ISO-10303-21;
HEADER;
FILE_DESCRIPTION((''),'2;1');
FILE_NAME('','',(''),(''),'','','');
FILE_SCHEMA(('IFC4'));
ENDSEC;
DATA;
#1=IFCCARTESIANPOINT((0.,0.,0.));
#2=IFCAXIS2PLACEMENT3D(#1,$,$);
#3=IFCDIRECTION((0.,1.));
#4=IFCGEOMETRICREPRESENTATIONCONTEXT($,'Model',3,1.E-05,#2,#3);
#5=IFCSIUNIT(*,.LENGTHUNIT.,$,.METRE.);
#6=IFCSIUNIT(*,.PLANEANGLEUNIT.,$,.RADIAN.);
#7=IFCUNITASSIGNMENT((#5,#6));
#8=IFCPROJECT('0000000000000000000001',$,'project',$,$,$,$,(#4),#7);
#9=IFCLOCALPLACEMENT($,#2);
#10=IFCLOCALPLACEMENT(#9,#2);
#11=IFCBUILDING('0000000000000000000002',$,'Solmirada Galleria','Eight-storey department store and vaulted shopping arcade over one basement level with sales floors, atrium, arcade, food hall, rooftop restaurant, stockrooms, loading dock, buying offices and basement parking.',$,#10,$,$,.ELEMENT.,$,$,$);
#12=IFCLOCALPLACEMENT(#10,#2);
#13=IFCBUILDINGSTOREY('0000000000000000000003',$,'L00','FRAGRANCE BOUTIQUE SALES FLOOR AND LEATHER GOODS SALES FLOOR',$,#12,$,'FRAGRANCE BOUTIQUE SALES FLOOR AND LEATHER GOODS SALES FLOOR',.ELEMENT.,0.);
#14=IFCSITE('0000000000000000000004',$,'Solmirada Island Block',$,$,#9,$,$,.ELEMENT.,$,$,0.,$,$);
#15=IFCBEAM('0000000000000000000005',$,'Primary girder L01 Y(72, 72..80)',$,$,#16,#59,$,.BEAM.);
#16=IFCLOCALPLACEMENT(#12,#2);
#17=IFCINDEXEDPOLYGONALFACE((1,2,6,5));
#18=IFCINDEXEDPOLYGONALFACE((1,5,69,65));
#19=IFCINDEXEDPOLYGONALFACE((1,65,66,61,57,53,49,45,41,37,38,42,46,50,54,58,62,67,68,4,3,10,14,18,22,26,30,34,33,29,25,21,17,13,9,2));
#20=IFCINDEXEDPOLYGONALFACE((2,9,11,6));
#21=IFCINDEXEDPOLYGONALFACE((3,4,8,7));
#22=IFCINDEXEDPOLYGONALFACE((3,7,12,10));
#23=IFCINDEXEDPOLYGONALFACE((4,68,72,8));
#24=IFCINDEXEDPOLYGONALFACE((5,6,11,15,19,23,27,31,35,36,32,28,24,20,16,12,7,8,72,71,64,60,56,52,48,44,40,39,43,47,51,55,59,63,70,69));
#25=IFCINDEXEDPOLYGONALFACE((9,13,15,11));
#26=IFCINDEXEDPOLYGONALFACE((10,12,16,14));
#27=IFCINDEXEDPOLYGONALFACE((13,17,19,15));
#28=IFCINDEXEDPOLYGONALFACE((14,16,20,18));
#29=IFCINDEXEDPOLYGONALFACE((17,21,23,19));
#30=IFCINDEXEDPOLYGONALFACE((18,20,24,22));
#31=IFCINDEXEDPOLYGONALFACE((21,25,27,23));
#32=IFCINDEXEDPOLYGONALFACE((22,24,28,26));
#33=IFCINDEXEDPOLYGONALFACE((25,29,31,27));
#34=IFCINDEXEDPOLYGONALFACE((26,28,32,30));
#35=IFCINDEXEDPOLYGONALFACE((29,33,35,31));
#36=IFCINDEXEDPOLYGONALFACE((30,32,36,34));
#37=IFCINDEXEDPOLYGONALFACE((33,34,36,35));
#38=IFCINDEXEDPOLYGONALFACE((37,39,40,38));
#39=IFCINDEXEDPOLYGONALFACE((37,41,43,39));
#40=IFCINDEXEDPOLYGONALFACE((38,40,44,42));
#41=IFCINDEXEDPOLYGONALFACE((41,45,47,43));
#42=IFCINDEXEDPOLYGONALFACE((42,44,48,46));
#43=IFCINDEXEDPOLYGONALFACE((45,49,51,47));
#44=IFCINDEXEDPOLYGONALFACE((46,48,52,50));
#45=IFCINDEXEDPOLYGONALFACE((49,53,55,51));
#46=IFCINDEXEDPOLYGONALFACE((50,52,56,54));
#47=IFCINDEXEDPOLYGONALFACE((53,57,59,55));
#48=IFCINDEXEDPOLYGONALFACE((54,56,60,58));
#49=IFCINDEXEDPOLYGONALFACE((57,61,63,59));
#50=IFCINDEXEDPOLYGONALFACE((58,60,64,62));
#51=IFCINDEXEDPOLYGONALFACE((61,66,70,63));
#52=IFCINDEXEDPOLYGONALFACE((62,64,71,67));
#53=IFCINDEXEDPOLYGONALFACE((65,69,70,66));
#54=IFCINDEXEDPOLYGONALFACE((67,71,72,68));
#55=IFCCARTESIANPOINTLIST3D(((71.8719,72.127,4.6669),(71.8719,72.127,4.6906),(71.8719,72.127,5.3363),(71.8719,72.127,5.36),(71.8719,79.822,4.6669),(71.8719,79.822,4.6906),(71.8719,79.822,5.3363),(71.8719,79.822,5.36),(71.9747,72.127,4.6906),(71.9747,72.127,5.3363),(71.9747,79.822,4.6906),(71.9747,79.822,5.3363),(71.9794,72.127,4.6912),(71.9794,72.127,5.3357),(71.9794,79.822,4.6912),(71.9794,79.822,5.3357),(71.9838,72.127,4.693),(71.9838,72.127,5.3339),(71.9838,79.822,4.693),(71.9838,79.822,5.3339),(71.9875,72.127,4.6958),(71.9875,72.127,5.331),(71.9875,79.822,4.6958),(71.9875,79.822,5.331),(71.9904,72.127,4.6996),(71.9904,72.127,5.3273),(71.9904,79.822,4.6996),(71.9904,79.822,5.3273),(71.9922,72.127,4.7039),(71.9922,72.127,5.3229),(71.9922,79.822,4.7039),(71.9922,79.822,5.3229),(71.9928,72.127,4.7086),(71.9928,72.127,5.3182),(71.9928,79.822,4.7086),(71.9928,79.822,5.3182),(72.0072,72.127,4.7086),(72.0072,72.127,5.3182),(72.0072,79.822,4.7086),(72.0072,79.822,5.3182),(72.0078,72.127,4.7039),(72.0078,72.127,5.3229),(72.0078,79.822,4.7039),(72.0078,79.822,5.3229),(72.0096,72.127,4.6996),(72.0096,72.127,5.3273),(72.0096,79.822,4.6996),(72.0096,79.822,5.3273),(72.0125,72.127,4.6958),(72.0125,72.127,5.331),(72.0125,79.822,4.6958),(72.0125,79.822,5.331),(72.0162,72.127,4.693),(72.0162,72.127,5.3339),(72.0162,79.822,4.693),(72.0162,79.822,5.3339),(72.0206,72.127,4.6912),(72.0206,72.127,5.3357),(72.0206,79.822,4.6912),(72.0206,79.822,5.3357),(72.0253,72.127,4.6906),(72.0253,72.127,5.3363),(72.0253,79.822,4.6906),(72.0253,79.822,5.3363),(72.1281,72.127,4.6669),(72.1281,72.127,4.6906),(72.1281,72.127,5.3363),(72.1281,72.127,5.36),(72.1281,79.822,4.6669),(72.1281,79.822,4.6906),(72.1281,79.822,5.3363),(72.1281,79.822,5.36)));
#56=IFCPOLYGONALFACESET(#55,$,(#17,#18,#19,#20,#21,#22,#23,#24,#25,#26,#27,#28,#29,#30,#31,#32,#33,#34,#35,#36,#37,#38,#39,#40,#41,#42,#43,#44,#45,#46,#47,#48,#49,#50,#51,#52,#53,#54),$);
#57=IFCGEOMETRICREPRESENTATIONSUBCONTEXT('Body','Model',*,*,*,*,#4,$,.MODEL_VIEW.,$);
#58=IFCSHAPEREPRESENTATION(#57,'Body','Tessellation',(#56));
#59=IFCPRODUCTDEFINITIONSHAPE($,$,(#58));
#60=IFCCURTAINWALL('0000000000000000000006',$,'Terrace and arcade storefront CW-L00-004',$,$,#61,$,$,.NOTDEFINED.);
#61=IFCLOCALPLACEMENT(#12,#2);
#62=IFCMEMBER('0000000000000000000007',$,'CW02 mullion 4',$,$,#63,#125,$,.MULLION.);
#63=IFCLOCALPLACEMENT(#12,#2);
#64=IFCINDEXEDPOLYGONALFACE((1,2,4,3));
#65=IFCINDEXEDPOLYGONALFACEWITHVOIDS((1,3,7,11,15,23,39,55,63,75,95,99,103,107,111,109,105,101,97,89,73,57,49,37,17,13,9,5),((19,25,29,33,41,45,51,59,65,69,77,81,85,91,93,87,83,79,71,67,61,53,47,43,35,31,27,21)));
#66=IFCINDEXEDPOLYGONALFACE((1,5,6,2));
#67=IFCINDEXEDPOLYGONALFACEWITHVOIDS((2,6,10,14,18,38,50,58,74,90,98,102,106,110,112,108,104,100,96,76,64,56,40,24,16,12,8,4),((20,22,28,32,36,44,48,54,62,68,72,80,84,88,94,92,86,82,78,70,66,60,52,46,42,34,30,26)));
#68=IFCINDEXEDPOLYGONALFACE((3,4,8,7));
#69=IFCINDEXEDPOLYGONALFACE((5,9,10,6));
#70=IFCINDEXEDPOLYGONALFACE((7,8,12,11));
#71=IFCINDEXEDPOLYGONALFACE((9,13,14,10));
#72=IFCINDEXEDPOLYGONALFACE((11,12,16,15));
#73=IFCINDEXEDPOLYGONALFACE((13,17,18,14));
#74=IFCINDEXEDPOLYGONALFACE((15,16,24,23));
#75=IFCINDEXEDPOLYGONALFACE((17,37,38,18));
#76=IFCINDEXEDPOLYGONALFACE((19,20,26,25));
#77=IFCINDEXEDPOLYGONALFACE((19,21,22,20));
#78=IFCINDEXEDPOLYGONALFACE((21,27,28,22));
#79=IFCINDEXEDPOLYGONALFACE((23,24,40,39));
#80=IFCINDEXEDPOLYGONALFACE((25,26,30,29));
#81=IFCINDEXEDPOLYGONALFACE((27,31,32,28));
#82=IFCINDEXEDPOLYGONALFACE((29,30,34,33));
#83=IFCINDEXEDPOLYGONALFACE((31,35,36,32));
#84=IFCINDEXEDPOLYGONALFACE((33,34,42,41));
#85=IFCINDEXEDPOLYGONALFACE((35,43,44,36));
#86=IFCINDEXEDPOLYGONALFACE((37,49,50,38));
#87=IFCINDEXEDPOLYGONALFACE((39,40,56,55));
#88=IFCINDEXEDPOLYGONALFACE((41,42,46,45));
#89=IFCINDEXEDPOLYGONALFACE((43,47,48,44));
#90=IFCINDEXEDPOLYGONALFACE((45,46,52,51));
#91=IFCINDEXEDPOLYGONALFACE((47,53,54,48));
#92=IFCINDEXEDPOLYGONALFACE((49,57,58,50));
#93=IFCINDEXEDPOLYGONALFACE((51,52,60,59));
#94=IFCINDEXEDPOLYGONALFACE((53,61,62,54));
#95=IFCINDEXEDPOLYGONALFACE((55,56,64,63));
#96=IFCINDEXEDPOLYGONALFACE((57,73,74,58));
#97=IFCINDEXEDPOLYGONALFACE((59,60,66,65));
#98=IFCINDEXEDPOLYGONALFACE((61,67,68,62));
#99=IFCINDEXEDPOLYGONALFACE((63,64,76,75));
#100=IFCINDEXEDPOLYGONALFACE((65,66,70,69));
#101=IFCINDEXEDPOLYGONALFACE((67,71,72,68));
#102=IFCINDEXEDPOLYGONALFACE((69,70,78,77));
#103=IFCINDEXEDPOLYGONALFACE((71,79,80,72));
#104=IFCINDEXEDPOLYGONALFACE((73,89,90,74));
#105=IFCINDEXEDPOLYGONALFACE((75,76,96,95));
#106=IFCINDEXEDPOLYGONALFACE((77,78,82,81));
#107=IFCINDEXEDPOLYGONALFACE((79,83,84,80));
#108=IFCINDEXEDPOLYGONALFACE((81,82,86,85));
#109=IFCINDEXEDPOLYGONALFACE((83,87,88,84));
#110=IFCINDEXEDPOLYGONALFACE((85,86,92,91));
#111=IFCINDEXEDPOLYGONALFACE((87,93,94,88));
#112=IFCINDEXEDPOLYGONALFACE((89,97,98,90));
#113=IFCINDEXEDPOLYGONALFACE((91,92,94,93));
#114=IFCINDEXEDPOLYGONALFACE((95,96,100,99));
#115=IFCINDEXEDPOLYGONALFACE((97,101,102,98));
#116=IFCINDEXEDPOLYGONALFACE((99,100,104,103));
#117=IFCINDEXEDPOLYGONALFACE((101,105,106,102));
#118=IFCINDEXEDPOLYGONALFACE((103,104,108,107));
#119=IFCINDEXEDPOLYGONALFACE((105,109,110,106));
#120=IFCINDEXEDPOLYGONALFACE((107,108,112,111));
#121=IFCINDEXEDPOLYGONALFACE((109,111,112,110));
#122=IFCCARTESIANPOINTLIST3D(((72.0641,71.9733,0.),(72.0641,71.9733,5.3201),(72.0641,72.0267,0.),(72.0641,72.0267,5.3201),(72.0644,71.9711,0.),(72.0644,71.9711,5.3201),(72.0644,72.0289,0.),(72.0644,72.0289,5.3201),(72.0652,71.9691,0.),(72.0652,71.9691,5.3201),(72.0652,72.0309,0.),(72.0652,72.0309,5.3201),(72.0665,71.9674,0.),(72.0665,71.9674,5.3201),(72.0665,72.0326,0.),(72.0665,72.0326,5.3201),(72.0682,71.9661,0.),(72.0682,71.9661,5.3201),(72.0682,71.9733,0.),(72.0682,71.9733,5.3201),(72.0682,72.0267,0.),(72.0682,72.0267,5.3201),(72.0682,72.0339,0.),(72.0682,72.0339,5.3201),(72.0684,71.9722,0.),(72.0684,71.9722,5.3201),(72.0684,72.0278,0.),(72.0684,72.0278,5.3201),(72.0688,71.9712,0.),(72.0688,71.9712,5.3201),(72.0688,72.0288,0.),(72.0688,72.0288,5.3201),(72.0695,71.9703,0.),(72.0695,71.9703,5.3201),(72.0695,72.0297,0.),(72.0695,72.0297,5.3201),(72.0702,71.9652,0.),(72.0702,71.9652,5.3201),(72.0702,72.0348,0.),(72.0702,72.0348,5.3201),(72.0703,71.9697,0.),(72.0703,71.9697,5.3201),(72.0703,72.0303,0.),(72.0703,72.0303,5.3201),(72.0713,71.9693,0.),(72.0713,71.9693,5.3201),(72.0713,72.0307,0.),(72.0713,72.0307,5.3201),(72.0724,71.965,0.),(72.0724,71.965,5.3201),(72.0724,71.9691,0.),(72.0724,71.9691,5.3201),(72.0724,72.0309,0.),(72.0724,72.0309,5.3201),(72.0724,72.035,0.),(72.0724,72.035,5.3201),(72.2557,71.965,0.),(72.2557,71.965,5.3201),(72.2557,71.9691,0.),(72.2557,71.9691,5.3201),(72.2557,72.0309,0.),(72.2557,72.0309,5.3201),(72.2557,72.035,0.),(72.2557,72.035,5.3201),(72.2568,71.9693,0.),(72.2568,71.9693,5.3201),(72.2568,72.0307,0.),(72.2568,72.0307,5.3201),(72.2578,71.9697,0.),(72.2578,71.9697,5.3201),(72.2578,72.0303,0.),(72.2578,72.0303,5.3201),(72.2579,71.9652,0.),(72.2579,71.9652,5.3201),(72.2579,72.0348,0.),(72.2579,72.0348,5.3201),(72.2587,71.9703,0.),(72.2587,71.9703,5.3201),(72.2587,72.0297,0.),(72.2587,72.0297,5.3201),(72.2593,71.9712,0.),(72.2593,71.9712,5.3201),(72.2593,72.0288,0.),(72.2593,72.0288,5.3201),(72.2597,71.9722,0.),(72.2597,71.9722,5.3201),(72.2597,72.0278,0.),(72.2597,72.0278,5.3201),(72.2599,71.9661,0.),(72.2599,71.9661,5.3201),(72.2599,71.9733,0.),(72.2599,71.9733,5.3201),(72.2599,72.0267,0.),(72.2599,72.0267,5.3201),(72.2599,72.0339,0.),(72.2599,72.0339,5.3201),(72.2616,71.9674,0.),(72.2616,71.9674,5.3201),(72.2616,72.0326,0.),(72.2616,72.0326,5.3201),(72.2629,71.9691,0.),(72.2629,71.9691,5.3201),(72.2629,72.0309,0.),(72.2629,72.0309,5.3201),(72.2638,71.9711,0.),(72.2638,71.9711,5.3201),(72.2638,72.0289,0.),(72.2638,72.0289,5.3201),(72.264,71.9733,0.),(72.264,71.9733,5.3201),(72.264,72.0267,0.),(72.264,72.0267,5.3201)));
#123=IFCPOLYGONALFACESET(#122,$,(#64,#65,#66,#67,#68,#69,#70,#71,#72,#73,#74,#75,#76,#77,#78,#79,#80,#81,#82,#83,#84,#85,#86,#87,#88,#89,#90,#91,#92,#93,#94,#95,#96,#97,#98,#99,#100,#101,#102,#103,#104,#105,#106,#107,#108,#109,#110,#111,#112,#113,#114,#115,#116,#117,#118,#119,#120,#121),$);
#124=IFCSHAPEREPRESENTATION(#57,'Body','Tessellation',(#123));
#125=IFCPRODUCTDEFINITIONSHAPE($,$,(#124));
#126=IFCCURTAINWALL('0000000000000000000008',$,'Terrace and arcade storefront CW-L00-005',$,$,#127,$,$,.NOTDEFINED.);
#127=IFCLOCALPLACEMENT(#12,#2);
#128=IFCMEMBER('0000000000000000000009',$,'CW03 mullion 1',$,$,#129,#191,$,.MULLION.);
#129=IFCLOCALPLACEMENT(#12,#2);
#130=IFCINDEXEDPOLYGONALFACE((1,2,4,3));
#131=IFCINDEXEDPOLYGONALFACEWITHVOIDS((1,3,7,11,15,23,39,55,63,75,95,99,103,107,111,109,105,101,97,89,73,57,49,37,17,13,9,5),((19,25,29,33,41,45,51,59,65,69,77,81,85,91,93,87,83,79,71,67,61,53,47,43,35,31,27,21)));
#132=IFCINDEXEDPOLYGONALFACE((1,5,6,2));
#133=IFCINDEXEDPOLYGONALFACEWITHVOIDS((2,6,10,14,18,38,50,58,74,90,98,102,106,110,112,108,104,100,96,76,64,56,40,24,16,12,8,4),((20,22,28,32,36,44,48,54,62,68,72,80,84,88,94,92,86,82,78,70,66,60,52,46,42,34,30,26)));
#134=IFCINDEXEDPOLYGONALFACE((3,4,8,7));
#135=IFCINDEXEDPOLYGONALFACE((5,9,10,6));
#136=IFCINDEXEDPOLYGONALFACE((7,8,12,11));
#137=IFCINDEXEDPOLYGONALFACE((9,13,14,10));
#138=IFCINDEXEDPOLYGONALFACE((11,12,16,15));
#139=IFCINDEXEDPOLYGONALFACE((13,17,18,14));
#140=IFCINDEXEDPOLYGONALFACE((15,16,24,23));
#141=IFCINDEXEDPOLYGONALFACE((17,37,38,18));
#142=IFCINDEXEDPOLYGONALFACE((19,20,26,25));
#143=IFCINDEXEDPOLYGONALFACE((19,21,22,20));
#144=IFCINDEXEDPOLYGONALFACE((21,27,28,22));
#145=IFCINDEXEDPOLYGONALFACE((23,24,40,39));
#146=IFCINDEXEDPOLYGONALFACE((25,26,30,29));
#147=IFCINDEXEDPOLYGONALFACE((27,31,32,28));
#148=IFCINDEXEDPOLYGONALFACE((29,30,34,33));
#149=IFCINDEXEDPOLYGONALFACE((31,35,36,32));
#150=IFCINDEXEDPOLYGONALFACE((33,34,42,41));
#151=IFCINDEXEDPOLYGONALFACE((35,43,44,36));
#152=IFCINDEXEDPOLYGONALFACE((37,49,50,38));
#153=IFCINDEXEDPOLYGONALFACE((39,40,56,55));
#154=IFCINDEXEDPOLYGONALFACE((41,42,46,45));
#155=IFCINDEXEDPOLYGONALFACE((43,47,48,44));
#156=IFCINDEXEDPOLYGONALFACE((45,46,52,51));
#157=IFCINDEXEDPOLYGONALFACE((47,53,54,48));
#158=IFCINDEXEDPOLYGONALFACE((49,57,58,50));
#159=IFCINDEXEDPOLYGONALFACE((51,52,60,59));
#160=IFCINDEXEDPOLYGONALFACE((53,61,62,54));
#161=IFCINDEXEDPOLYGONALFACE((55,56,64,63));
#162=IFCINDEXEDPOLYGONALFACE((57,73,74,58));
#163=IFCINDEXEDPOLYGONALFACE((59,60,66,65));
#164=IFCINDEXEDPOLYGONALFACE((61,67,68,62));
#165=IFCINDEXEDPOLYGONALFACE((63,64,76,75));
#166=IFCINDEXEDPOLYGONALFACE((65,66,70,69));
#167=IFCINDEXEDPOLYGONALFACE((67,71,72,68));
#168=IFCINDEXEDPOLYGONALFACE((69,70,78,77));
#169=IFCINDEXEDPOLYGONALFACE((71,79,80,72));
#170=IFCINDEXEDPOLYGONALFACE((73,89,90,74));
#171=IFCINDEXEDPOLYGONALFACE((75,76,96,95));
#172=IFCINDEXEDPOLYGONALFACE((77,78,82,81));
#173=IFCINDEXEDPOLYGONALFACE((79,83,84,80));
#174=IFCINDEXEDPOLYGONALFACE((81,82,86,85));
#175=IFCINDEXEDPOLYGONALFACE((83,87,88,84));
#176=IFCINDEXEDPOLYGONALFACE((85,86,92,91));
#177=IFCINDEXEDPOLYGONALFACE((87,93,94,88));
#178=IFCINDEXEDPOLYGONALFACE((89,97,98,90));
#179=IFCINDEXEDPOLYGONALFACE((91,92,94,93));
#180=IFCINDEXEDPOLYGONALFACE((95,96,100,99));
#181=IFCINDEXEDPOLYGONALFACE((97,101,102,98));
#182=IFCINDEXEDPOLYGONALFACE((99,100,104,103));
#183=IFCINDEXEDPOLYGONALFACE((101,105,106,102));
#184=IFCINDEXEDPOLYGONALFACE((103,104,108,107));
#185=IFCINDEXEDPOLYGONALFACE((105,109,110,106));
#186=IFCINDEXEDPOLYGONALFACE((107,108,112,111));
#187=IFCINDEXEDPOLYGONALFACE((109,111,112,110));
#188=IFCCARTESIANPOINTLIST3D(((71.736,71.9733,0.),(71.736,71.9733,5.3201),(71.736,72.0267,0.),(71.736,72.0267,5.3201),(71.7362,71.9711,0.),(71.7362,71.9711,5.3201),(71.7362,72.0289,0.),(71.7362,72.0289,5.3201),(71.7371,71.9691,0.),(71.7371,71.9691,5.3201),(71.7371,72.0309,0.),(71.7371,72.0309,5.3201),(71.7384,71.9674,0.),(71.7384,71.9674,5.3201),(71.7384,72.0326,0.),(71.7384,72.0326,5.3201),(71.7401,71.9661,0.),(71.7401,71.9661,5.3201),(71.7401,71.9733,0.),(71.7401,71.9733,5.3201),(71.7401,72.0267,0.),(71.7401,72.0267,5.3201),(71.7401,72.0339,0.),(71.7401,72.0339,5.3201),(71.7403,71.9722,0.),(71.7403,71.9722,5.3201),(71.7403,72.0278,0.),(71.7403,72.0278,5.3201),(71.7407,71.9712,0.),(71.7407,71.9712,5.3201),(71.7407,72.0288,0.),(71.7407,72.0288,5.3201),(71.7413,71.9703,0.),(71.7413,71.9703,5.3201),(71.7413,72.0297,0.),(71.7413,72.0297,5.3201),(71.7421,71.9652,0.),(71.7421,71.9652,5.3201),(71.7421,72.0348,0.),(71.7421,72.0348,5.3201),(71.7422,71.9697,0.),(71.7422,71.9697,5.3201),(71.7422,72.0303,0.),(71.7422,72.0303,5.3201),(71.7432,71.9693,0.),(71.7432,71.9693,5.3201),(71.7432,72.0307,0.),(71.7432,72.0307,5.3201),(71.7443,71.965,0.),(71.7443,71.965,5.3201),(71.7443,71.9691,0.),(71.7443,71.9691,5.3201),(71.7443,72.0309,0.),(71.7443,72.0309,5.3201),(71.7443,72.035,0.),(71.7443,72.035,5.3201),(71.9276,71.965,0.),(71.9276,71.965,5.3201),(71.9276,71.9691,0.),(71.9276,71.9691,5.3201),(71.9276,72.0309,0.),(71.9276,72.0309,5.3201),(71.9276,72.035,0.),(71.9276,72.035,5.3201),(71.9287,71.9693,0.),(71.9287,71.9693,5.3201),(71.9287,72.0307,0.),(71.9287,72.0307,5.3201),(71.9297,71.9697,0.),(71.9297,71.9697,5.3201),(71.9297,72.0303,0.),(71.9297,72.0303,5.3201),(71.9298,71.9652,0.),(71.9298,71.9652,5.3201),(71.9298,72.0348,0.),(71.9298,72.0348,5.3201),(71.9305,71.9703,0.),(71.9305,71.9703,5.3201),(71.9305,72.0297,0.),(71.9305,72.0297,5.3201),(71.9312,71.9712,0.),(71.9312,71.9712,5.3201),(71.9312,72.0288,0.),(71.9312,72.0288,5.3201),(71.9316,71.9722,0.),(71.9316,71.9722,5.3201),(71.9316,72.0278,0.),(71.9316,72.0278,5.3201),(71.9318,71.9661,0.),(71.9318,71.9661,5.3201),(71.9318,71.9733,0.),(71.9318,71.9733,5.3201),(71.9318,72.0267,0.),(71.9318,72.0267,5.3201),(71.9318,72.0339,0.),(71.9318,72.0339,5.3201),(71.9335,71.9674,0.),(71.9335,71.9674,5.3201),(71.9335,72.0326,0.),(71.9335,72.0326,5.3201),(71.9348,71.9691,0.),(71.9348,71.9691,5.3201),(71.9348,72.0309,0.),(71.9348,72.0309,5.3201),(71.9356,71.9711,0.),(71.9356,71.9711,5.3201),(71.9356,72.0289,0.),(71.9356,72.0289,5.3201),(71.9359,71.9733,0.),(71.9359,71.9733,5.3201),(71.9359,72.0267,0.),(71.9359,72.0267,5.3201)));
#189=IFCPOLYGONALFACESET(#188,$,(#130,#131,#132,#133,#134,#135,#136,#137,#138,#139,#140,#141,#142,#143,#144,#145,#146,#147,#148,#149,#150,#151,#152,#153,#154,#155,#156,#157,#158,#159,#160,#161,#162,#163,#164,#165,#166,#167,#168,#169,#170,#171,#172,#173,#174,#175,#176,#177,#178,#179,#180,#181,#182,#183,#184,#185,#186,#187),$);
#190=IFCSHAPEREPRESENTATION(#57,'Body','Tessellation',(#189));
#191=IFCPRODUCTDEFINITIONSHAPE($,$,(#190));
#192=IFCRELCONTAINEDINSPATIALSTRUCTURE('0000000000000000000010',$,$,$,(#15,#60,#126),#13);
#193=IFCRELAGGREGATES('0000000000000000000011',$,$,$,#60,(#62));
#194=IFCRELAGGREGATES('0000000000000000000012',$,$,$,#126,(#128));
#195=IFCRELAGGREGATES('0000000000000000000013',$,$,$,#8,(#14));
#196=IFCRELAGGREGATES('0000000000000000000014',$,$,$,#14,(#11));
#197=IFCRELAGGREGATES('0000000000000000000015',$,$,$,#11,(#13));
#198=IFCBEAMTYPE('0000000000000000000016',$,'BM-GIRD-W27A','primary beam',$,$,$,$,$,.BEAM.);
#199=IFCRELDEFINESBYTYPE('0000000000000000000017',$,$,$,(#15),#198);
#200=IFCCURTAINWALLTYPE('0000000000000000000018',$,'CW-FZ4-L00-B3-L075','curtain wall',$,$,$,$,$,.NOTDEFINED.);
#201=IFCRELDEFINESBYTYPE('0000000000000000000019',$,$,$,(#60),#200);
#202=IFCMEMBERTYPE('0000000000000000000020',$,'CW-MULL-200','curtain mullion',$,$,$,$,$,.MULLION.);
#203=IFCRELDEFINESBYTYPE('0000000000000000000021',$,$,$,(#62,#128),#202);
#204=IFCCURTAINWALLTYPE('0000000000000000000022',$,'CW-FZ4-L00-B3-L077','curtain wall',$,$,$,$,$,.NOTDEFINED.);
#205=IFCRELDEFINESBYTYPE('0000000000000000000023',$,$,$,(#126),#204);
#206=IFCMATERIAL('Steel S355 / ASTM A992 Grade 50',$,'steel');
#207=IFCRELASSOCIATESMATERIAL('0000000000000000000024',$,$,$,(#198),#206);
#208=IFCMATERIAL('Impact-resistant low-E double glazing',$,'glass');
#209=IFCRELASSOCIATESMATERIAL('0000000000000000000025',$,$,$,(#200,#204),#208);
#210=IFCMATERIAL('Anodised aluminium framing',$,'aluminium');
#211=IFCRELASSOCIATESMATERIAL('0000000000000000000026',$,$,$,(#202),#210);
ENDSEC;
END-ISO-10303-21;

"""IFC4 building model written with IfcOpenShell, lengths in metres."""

from ifc_helpers import new_model, si_unit, direction, frame, origin, origin_2d, place, context, subcontext, project, spatial, hollow_rectangle, i_section, extrude, material, material_profile, profile_set, type_object, element, aggregate, save


model = new_model("IFC4")

# Units and contexts
model_context = context("Model", 3, precision=1e-05, world=origin(), true_north=direction((0.0, 1.0)))
body_context = subcontext(model_context, "Body", "Model", "MODEL_VIEW")
ifc_project = project(units=[si_unit("LENGTHUNIT", "METRE"), si_unit("PLANEANGLEUNIT", "RADIAN")], contexts=[model_context])

# Site, building, storey
site_placement = place(None, origin())
site = spatial("IfcSite", under=ifc_project, at=site_placement, Name="Solmirada Island Block", CompositionType="ELEMENT", RefElevation=0.0)
building_placement = place(site_placement, origin())
building = spatial("IfcBuilding", under=site, at=building_placement, Name="Solmirada Galleria", Description="Eight-storey department store and vaulted shopping arcade over one basement level with sales floors, atrium, arcade, food hall, rooftop restaurant, stockrooms, loading dock, buying offices and basement parking.", CompositionType="ELEMENT")
storey_placement = place(building_placement, origin())
storey = spatial("IfcBuildingStorey", under=building, at=storey_placement, Name="L00", Description="FRAGRANCE BOUTIQUE SALES FLOOR AND LEATHER GOODS SALES FLOOR", LongName="FRAGRANCE BOUTIQUE SALES FLOOR AND LEATHER GOODS SALES FLOOR", CompositionType="ELEMENT", Elevation=0.0)

# Beam
ifc_material_1 = material(Name="Steel S355 / ASTM A992 Grade 50", Category="steel")
ifc_material_profile_1 = material_profile(ifc_material_1, i_section(OverallWidth=0.2561, OverallDepth=0.6931, WebThickness=0.0144, FlangeThickness=0.0237, FilletRadius=0.0181, at=origin_2d()), Name="W27X114")
ifc_profile_set_1 = profile_set([ifc_material_profile_1], Name="Steel S355 / ASTM A992 Grade 50")
beam_type_1 = type_object("IfcBeamType", Name="BM-GIRD-W27A", Description="primary beam", PredefinedType="BEAM", material=ifc_profile_set_1)
beam_1_placement = place(storey_placement, frame((72.0, 72.127, 5.0134), z_axis=(0.0, 1.0, 0.0), x_axis=(-1.0, 0.0, 0.0)))
element("IfcBeam", 1, at=beam_1_placement, inside=storey, type_object=beam_type_1, Name="Primary girder L01 Y(72, 72..80)", PredefinedType="BEAM", context=body_context, shape_type="SweptSolid", body=[
    extrude(i_section(OverallWidth=0.2561, OverallDepth=0.6931, WebThickness=0.0144, FlangeThickness=0.0237, FilletRadius=0.0181, at=origin_2d()), origin(), (0.0, 0.0, 1.0), 7.6951),
])

# Curtain wall, member
ifc_material_2 = material(Name="Impact-resistant low-E double glazing", Category="glass")
curtain_wall_type_1 = type_object("IfcCurtainWallType", Name="CW-FZ4-L00-B3-L075", Description="curtain wall", PredefinedType="NOTDEFINED", material=ifc_material_2)
curtain_wall_1_placement = place(storey_placement, origin())
curtain_wall_1 = element("IfcCurtainWall", 2, at=curtain_wall_1_placement, inside=storey, type_object=curtain_wall_type_1, Name="Terrace and arcade storefront CW-L00-004", PredefinedType="NOTDEFINED")
ifc_material_3 = material(Name="Anodised aluminium framing", Category="aluminium")
ifc_material_profile_2 = material_profile(ifc_material_3, hollow_rectangle(XDim=0.0701, YDim=0.2, WallThickness=0.0042, InnerFilletRadius=0.0042, OuterFilletRadius=0.0083, at=origin_2d()), Name="ALU-MULL-200X70")
ifc_profile_set_2 = profile_set([ifc_material_profile_2], Name="Anodised aluminium framing")
member_type_1 = type_object("IfcMemberType", Name="CW-MULL-200", Description="curtain mullion", PredefinedType="MULLION", material=ifc_profile_set_2)
member_1_placement = place(storey_placement, frame((72.1641, 72.0, 0.0), z_axis=(0.0, 0.0, 1.0), x_axis=(0.0, -1.0, 0.0)))
member_1 = element("IfcMember", 3, at=member_1_placement, type_object=member_type_1, Name="CW02 mullion 4", PredefinedType="MULLION", context=body_context, shape_type="SweptSolid", body=[
    extrude(hollow_rectangle(XDim=0.0701, YDim=0.2, WallThickness=0.0042, InnerFilletRadius=0.0042, OuterFilletRadius=0.0083, at=origin_2d()), origin(), (0.0, 0.0, 1.0), 5.3201),
])

# Curtain wall, member
curtain_wall_type_2 = type_object("IfcCurtainWallType", Name="CW-FZ4-L00-B3-L077", Description="curtain wall", PredefinedType="NOTDEFINED", material=ifc_material_2)
curtain_wall_2_placement = place(storey_placement, origin())
curtain_wall_2 = element("IfcCurtainWall", 4, at=curtain_wall_2_placement, inside=storey, type_object=curtain_wall_type_2, Name="Terrace and arcade storefront CW-L00-005", PredefinedType="NOTDEFINED")
member_2_placement = place(storey_placement, frame((71.8359, 72.0, 0.0), z_axis=(0.0, 0.0, 1.0), x_axis=(0.0, -1.0, 0.0)))
member_2 = element("IfcMember", 5, at=member_2_placement, type_object=member_type_1, Name="CW03 mullion 1", PredefinedType="MULLION", context=body_context, shape_type="SweptSolid", body=[
    extrude(hollow_rectangle(XDim=0.0701, YDim=0.2, WallThickness=0.0042, InnerFilletRadius=0.0042, OuterFilletRadius=0.0083, at=origin_2d()), origin(), (0.0, 0.0, 1.0), 5.3201),
])

aggregate(curtain_wall_1, [member_1])
aggregate(curtain_wall_2, [member_2])

save(model, "model.ifc")
